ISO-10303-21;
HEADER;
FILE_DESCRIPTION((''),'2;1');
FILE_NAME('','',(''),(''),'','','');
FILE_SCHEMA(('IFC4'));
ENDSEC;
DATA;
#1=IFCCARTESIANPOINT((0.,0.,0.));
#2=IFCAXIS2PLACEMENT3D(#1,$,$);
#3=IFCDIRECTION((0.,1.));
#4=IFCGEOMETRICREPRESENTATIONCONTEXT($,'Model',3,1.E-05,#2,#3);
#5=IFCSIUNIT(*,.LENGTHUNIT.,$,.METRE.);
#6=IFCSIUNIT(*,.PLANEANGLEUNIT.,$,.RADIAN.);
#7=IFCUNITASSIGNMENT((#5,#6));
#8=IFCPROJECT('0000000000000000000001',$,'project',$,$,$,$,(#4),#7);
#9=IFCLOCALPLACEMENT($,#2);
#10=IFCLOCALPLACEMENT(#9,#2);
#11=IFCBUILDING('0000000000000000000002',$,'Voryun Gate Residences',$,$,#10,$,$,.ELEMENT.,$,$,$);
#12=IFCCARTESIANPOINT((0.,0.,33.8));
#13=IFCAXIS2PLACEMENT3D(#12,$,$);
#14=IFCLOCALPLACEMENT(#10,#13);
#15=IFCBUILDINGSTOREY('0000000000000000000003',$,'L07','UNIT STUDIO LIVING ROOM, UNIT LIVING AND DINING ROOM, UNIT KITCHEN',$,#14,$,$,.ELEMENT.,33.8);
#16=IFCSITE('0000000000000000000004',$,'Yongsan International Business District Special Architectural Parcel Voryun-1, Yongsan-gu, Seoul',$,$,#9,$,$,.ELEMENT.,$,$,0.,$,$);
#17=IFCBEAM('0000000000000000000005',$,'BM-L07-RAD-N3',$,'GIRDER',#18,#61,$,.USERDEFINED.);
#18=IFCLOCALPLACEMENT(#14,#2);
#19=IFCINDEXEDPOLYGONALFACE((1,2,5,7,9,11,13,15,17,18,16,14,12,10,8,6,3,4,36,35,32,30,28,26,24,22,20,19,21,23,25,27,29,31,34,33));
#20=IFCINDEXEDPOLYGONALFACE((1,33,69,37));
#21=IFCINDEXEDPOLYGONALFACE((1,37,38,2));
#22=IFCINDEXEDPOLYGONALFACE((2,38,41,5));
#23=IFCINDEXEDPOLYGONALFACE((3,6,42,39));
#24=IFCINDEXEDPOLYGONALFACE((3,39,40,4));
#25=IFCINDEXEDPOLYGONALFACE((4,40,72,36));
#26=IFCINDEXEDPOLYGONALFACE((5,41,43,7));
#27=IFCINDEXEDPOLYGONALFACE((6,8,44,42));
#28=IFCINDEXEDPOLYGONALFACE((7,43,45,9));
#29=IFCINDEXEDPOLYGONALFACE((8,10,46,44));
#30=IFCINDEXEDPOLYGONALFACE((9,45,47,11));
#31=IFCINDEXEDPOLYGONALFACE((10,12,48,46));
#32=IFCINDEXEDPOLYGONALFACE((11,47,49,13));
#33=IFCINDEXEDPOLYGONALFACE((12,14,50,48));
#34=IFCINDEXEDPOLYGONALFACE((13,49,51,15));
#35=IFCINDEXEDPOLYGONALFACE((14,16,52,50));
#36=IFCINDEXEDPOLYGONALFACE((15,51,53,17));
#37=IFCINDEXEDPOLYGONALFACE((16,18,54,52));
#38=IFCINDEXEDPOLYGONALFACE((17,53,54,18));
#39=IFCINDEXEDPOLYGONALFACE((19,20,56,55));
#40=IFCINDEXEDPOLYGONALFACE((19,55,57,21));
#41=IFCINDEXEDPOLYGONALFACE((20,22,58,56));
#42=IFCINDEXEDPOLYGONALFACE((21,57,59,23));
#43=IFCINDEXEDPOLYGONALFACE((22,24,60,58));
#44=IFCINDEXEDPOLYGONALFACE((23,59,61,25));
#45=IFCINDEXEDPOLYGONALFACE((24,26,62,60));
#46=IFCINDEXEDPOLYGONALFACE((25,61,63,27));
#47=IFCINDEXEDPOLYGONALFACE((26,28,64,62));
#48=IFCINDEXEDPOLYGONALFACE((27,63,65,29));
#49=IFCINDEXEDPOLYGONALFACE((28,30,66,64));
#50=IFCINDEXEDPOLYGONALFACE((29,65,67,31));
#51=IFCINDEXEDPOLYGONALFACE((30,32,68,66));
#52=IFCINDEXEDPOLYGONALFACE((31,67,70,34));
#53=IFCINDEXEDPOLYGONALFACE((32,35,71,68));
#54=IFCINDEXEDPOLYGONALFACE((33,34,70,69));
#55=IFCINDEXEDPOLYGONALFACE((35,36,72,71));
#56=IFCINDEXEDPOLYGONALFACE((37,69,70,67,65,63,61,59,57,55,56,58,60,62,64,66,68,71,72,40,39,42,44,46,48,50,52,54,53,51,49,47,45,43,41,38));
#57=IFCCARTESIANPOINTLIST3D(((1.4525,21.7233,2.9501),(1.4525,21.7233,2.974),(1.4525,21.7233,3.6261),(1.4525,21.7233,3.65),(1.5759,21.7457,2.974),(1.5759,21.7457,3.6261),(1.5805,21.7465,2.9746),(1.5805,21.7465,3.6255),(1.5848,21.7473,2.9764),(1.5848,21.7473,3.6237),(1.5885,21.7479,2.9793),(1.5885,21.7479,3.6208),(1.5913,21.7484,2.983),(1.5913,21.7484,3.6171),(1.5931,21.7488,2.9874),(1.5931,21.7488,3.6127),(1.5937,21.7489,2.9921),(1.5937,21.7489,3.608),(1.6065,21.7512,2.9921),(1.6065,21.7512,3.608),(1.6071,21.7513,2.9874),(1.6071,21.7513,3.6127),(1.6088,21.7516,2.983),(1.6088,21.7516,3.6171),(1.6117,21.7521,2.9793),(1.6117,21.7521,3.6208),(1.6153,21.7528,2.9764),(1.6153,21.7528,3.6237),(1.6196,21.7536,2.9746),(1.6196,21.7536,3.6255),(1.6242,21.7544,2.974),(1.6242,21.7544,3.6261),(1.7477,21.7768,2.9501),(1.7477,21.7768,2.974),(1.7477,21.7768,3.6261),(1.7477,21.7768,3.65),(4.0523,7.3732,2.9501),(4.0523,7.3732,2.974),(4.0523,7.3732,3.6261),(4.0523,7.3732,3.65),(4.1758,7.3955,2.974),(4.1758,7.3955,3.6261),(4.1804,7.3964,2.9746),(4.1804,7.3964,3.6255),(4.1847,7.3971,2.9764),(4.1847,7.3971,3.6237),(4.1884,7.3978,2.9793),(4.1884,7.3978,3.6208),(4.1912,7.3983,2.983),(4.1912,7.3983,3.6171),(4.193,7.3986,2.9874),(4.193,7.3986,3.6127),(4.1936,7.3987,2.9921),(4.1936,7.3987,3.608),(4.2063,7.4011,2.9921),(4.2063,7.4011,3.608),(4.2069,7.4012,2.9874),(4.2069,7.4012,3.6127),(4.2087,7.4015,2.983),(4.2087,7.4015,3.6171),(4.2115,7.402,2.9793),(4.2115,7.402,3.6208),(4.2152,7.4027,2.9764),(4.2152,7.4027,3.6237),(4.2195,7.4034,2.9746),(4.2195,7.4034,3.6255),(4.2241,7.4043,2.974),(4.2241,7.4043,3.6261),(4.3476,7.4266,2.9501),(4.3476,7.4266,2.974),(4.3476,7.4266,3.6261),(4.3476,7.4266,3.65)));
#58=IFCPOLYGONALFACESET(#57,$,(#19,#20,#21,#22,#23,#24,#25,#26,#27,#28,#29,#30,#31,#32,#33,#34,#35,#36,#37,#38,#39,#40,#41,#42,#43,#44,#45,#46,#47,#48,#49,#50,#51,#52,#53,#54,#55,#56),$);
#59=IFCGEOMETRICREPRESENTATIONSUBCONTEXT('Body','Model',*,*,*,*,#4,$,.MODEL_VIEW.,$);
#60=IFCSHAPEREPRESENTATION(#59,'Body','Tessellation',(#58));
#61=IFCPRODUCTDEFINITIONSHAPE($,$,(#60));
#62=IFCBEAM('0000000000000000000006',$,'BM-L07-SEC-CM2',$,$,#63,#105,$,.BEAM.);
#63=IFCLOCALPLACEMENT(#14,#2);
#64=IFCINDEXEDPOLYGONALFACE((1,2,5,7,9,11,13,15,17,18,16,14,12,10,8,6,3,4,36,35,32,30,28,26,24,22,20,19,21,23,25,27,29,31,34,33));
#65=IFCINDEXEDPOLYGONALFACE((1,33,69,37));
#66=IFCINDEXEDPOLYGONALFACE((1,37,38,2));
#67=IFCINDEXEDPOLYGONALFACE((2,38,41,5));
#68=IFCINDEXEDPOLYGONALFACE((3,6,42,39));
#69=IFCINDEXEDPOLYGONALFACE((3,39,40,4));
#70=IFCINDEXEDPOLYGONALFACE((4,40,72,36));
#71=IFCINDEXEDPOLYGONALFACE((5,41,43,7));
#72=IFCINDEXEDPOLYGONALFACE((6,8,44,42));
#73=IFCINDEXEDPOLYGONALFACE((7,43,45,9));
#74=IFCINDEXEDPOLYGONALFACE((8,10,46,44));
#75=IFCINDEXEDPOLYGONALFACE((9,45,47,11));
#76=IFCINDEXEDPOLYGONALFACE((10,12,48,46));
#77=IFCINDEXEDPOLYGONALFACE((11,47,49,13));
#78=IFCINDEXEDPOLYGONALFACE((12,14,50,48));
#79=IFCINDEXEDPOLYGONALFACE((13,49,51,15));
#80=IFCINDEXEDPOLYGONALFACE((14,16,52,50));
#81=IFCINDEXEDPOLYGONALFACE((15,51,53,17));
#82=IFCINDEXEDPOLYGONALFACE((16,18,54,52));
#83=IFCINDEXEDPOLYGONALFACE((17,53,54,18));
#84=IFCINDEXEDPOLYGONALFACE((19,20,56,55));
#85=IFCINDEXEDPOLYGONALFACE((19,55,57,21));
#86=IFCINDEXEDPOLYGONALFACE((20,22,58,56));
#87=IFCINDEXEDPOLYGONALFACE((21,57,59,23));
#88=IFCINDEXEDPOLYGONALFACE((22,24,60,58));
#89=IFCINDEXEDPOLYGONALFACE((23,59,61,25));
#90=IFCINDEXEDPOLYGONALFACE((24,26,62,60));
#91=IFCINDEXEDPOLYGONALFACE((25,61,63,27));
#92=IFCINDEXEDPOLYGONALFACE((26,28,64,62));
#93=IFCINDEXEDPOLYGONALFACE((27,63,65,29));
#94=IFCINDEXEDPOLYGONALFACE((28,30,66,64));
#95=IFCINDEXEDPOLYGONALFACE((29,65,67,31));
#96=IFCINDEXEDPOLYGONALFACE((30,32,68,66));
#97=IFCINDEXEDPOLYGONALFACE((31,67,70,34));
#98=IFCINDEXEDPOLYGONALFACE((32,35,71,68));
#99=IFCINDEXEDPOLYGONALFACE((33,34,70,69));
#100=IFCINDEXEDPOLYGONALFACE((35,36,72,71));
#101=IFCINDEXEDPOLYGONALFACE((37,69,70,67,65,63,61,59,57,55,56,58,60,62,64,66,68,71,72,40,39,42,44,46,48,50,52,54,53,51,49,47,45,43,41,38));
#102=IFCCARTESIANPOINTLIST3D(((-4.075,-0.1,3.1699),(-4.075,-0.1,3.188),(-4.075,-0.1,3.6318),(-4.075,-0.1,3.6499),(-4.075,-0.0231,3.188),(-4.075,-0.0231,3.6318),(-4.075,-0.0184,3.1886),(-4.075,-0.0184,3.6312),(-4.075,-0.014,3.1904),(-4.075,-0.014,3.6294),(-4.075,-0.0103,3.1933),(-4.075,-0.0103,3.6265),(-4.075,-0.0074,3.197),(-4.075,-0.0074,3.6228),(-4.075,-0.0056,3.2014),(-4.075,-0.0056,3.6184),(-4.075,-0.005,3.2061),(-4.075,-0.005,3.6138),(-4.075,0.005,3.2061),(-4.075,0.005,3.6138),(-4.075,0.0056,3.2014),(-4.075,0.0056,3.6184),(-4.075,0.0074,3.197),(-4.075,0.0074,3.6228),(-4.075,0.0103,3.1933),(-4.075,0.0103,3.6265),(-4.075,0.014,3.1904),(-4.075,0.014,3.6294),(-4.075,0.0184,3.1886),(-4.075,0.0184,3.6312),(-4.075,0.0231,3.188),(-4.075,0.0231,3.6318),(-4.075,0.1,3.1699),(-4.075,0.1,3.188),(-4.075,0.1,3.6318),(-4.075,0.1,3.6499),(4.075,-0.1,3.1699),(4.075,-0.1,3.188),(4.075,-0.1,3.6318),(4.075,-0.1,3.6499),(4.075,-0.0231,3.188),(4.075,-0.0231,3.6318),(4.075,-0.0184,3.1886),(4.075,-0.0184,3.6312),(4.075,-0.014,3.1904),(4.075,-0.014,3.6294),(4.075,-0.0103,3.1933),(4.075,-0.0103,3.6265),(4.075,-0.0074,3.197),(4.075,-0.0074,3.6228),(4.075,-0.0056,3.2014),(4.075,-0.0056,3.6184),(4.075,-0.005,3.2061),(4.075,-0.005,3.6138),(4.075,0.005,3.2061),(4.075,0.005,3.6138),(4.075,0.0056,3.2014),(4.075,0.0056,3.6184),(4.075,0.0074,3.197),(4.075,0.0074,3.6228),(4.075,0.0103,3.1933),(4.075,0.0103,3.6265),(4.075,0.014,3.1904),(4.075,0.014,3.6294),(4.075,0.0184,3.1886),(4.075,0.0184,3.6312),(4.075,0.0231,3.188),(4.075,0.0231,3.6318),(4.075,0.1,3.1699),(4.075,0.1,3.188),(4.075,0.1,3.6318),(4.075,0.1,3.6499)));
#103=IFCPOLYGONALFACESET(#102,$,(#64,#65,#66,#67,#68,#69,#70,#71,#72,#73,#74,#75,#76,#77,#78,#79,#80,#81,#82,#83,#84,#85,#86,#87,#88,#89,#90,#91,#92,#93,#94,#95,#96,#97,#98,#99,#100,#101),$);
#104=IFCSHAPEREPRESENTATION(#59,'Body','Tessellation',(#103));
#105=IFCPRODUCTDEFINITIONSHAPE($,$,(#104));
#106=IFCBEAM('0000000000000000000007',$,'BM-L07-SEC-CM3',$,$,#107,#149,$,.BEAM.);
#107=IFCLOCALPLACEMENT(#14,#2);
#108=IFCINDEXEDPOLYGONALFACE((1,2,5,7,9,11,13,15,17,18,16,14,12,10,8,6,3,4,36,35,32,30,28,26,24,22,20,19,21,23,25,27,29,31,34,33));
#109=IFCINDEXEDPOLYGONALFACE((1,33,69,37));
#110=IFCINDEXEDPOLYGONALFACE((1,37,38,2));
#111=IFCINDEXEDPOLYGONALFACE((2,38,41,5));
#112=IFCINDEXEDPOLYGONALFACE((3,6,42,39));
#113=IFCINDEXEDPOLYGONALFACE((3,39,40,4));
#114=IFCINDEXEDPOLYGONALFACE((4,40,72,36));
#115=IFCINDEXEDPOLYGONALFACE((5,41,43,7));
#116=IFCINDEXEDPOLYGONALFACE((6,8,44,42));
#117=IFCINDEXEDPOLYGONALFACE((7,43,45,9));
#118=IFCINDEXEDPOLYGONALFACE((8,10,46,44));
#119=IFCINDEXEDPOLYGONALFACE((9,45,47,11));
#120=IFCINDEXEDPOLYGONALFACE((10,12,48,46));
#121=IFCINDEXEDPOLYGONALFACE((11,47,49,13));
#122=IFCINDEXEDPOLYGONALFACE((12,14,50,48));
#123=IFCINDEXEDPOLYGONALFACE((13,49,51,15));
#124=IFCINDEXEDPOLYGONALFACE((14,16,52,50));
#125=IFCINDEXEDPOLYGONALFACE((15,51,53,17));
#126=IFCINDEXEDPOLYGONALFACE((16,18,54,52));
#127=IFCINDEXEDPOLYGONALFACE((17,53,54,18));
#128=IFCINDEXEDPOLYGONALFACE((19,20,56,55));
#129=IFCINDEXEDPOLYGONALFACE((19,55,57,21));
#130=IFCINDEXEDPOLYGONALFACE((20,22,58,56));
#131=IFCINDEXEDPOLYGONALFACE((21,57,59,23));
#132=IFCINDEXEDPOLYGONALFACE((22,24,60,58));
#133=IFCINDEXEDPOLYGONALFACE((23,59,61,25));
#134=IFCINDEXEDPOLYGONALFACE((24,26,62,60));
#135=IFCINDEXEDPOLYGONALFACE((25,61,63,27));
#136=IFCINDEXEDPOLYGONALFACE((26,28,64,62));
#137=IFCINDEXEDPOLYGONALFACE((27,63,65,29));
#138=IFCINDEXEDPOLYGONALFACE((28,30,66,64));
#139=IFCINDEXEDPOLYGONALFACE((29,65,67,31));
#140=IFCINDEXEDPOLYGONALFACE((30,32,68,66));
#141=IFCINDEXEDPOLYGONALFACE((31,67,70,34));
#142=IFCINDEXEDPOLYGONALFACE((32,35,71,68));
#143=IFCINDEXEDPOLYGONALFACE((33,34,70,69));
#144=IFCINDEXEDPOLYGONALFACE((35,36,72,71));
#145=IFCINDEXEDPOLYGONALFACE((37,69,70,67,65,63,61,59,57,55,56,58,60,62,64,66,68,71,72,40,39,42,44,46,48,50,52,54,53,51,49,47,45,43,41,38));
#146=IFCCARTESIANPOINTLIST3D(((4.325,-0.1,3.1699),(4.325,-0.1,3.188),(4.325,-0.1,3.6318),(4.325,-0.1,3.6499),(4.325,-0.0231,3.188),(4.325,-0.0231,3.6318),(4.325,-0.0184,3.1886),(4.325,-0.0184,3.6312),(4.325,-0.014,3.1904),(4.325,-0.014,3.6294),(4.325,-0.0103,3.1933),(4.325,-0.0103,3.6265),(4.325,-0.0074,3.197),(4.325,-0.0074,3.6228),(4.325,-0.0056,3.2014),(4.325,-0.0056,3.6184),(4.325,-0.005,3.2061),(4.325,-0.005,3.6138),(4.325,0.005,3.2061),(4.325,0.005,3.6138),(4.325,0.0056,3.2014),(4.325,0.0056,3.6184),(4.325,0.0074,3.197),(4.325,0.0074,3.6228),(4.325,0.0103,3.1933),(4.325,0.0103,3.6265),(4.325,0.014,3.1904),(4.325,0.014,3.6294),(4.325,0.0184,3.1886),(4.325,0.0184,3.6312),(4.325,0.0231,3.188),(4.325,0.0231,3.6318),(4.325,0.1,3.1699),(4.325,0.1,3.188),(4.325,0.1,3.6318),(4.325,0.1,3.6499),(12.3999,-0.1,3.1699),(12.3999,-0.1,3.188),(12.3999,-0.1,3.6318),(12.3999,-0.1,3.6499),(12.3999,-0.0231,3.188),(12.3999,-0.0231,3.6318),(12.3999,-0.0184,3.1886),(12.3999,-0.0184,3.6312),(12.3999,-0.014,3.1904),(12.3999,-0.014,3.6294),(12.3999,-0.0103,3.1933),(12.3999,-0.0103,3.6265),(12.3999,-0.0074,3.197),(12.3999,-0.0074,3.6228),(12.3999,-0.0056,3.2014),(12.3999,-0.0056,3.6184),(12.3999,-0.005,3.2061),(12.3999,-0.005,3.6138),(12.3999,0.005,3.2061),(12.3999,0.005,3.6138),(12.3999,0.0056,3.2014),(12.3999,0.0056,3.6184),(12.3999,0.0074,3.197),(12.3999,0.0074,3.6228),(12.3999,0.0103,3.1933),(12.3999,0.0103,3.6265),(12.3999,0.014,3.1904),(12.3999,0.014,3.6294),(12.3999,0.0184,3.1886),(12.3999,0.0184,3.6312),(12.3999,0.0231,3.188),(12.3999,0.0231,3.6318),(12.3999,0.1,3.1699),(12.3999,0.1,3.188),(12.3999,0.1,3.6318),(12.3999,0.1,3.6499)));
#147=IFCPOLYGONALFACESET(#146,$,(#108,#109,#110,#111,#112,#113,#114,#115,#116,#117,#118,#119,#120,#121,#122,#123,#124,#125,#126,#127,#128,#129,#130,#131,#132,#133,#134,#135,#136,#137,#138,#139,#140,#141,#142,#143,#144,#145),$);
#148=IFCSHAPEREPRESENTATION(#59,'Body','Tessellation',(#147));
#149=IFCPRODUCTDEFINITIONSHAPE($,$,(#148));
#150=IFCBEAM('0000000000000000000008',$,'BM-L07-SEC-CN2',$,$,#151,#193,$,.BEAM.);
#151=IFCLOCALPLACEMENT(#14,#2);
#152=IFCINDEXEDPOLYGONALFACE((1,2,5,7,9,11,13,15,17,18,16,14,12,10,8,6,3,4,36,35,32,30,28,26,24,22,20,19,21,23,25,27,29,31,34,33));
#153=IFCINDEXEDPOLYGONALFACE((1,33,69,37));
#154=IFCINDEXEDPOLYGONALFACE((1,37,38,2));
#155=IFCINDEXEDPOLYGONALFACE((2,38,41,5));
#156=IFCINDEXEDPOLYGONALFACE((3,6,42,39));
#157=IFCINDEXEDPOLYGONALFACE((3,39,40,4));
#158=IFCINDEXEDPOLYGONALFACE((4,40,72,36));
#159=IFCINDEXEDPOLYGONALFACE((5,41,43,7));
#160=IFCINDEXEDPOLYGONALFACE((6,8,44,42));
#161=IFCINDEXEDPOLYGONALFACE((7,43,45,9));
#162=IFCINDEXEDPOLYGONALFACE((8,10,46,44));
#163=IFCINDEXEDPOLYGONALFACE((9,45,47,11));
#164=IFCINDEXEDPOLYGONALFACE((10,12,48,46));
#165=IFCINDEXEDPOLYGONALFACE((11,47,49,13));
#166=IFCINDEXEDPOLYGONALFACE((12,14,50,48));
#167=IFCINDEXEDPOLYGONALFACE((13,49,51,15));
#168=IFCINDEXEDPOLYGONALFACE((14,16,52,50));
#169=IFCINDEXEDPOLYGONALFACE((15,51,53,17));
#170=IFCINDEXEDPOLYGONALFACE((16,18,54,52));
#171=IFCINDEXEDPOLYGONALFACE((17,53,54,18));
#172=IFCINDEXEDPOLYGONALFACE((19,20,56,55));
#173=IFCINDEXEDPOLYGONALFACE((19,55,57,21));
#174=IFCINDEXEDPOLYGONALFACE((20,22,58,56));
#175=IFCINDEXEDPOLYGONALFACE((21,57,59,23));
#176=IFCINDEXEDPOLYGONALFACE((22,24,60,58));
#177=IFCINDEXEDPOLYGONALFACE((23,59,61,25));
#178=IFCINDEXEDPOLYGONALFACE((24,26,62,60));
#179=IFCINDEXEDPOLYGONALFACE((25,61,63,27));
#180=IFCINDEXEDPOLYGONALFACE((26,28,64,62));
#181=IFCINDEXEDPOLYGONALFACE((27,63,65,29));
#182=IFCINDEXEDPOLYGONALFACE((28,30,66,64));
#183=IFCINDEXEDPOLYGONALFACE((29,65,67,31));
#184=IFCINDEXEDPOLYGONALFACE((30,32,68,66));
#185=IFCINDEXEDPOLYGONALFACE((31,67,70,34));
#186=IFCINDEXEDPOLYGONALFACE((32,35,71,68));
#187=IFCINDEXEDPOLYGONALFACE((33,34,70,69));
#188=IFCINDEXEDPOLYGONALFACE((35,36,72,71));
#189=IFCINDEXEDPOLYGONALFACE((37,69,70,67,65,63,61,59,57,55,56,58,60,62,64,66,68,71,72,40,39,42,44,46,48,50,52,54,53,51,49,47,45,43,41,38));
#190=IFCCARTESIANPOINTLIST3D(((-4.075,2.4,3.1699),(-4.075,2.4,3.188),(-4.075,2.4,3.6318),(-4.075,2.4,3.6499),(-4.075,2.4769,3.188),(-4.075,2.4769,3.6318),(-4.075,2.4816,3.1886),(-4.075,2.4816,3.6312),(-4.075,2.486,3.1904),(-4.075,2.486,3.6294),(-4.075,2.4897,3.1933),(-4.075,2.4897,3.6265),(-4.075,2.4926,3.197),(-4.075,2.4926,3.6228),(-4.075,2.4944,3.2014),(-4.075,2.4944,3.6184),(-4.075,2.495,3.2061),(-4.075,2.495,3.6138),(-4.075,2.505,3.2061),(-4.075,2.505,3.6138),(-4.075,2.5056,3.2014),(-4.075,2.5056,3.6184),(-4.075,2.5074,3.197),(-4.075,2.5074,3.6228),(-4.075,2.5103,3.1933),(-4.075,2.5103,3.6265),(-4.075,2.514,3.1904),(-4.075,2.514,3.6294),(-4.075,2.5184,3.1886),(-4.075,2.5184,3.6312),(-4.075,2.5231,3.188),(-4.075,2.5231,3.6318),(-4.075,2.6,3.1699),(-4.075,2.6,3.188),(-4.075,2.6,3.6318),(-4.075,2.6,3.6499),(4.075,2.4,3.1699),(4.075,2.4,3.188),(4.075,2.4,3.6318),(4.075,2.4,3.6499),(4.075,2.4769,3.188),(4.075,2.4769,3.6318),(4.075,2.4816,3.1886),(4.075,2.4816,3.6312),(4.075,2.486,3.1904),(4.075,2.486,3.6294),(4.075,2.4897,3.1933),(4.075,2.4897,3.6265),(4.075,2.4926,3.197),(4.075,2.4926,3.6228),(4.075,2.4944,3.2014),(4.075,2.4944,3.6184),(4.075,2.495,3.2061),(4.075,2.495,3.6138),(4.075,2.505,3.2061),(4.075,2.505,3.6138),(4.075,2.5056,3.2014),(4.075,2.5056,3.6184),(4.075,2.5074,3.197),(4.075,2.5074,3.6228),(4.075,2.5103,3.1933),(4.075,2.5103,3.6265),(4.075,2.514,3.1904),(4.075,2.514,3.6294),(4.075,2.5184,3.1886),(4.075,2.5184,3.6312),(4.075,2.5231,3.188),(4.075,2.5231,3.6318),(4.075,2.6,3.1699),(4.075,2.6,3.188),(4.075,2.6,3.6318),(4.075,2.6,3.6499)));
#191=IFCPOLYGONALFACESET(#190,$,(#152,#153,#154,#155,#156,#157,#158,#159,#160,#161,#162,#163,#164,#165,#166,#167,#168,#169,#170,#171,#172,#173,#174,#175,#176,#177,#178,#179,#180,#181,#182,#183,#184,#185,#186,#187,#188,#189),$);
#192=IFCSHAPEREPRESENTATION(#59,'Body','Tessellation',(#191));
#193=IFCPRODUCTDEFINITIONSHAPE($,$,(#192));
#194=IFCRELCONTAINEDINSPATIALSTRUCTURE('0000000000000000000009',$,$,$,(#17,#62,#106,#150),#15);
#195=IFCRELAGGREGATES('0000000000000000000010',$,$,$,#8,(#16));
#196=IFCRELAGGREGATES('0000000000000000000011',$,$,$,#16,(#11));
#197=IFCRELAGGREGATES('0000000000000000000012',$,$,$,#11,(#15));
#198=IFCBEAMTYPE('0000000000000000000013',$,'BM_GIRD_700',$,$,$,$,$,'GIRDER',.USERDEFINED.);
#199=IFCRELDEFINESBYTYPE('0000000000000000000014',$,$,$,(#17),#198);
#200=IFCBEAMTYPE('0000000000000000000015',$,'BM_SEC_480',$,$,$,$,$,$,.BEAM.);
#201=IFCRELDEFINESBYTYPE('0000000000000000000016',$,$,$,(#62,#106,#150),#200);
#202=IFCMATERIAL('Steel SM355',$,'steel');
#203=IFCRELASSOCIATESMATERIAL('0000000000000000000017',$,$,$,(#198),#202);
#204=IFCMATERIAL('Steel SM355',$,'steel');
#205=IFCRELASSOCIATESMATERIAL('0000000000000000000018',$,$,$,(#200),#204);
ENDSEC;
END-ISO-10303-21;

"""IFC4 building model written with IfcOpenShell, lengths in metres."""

from ifc_helpers import new_model, si_unit, direction, frame, origin, origin_2d, place, context, subcontext, project, spatial, i_section, extrude, material, material_profile, profile_set, type_object, element, save


model = new_model("IFC4")

# Units and contexts
model_context = context("Model", 3, precision=1e-05, world=origin(), true_north=direction((0.0, 1.0)))
body_context = subcontext(model_context, "Body", "Model", "MODEL_VIEW")
ifc_project = project(units=[si_unit("LENGTHUNIT", "METRE"), si_unit("PLANEANGLEUNIT", "RADIAN")], contexts=[model_context])

# Site, building, storey
site_placement = place(None, origin())
site = spatial("IfcSite", under=ifc_project, at=site_placement, Name="Yongsan International Business District Special Architectural Parcel Voryun-1, Yongsan-gu, Seoul", CompositionType="ELEMENT", RefElevation=0.0)
building_placement = place(site_placement, origin())
building = spatial("IfcBuilding", under=site, at=building_placement, Name="Voryun Gate Residences", CompositionType="ELEMENT")
storey_placement = place(building_placement, frame((0.0, 0.0, 33.8)))
storey = spatial("IfcBuildingStorey", under=building, at=storey_placement, Name="L07", Description="UNIT STUDIO LIVING ROOM, UNIT LIVING AND DINING ROOM, UNIT KITCHEN", CompositionType="ELEMENT", Elevation=33.8)

# Beams
ifc_material_1 = material(Name="Steel SM355", Category="steel")
ifc_material_profile_1 = material_profile(ifc_material_1, i_section(OverallWidth=0.3, OverallDepth=0.7, WebThickness=0.0129, FlangeThickness=0.0239, FilletRadius=0.0181, at=origin_2d()), Name="H-700x300x13x24")
ifc_profile_set_1 = profile_set([ifc_material_profile_1], Name="Steel SM355")
beam_type_1 = type_object("IfcBeamType", Name="BM_GIRD_700", ElementType="GIRDER", PredefinedType="USERDEFINED", material=ifc_profile_set_1)
beam_1_placement = place(storey_placement, frame((4.2, 7.3999, 3.3), z_axis=(-0.178271, 0.983981, 0.0), x_axis=(-0.983981, -0.178271, 0.0)))
element("IfcBeam", 1, at=beam_1_placement, inside=storey, type_object=beam_type_1, Name="BM-L07-RAD-N3", ObjectType="GIRDER", PredefinedType="USERDEFINED", context=body_context, shape_type="SweptSolid", body=[
    extrude(i_section(OverallWidth=0.3, OverallDepth=0.7, WebThickness=0.0129, FlangeThickness=0.0239, FilletRadius=0.0181, at=origin_2d()), origin(), (0.0, 0.0, 1.0), 14.5837),
])
ifc_material_2 = material(Name="Steel SM355", Category="steel")
ifc_material_profile_2 = material_profile(ifc_material_2, i_section(OverallWidth=0.2, OverallDepth=0.48, WebThickness=0.01, FlangeThickness=0.0181, FilletRadius=0.0181, at=origin_2d()), Name="H-480x200x10x18")
ifc_profile_set_2 = profile_set([ifc_material_profile_2], Name="Steel SM355")
beam_type_2 = type_object("IfcBeamType", Name="BM_SEC_480", PredefinedType="BEAM", material=ifc_profile_set_2)
beam_2_placement = place(storey_placement, frame((-4.075, 0.0, 3.4099), z_axis=(1.0, 0.0, 0.0), x_axis=(0.0, 1.0, 0.0)))
element("IfcBeam", 2, at=beam_2_placement, inside=storey, type_object=beam_type_2, Name="BM-L07-SEC-CM2", PredefinedType="BEAM", context=body_context, shape_type="SweptSolid", body=[
    extrude(i_section(OverallWidth=0.2, OverallDepth=0.48, WebThickness=0.01, FlangeThickness=0.0181, FilletRadius=0.0181, at=origin_2d()), origin(), (0.0, 0.0, 1.0), 8.1499),
])
beam_3_placement = place(storey_placement, frame((4.325, 0.0, 3.4099), z_axis=(1.0, 0.0, 0.0), x_axis=(0.0, 1.0, 0.0)))
element("IfcBeam", 3, at=beam_3_placement, inside=storey, type_object=beam_type_2, Name="BM-L07-SEC-CM3", PredefinedType="BEAM", context=body_context, shape_type="SweptSolid", body=[
    extrude(i_section(OverallWidth=0.2, OverallDepth=0.48, WebThickness=0.01, FlangeThickness=0.0181, FilletRadius=0.0181, at=origin_2d()), origin(), (0.0, 0.0, 1.0), 8.075),
])
beam_4_placement = place(storey_placement, frame((-4.075, 2.5, 3.4099), z_axis=(1.0, 0.0, 0.0), x_axis=(0.0, 1.0, 0.0)))
element("IfcBeam", 4, at=beam_4_placement, inside=storey, type_object=beam_type_2, Name="BM-L07-SEC-CN2", PredefinedType="BEAM", context=body_context, shape_type="SweptSolid", body=[
    extrude(i_section(OverallWidth=0.2, OverallDepth=0.48, WebThickness=0.01, FlangeThickness=0.0181, FilletRadius=0.0181, at=origin_2d()), origin(), (0.0, 0.0, 1.0), 8.1499),
])

save(model, "model.ifc")
